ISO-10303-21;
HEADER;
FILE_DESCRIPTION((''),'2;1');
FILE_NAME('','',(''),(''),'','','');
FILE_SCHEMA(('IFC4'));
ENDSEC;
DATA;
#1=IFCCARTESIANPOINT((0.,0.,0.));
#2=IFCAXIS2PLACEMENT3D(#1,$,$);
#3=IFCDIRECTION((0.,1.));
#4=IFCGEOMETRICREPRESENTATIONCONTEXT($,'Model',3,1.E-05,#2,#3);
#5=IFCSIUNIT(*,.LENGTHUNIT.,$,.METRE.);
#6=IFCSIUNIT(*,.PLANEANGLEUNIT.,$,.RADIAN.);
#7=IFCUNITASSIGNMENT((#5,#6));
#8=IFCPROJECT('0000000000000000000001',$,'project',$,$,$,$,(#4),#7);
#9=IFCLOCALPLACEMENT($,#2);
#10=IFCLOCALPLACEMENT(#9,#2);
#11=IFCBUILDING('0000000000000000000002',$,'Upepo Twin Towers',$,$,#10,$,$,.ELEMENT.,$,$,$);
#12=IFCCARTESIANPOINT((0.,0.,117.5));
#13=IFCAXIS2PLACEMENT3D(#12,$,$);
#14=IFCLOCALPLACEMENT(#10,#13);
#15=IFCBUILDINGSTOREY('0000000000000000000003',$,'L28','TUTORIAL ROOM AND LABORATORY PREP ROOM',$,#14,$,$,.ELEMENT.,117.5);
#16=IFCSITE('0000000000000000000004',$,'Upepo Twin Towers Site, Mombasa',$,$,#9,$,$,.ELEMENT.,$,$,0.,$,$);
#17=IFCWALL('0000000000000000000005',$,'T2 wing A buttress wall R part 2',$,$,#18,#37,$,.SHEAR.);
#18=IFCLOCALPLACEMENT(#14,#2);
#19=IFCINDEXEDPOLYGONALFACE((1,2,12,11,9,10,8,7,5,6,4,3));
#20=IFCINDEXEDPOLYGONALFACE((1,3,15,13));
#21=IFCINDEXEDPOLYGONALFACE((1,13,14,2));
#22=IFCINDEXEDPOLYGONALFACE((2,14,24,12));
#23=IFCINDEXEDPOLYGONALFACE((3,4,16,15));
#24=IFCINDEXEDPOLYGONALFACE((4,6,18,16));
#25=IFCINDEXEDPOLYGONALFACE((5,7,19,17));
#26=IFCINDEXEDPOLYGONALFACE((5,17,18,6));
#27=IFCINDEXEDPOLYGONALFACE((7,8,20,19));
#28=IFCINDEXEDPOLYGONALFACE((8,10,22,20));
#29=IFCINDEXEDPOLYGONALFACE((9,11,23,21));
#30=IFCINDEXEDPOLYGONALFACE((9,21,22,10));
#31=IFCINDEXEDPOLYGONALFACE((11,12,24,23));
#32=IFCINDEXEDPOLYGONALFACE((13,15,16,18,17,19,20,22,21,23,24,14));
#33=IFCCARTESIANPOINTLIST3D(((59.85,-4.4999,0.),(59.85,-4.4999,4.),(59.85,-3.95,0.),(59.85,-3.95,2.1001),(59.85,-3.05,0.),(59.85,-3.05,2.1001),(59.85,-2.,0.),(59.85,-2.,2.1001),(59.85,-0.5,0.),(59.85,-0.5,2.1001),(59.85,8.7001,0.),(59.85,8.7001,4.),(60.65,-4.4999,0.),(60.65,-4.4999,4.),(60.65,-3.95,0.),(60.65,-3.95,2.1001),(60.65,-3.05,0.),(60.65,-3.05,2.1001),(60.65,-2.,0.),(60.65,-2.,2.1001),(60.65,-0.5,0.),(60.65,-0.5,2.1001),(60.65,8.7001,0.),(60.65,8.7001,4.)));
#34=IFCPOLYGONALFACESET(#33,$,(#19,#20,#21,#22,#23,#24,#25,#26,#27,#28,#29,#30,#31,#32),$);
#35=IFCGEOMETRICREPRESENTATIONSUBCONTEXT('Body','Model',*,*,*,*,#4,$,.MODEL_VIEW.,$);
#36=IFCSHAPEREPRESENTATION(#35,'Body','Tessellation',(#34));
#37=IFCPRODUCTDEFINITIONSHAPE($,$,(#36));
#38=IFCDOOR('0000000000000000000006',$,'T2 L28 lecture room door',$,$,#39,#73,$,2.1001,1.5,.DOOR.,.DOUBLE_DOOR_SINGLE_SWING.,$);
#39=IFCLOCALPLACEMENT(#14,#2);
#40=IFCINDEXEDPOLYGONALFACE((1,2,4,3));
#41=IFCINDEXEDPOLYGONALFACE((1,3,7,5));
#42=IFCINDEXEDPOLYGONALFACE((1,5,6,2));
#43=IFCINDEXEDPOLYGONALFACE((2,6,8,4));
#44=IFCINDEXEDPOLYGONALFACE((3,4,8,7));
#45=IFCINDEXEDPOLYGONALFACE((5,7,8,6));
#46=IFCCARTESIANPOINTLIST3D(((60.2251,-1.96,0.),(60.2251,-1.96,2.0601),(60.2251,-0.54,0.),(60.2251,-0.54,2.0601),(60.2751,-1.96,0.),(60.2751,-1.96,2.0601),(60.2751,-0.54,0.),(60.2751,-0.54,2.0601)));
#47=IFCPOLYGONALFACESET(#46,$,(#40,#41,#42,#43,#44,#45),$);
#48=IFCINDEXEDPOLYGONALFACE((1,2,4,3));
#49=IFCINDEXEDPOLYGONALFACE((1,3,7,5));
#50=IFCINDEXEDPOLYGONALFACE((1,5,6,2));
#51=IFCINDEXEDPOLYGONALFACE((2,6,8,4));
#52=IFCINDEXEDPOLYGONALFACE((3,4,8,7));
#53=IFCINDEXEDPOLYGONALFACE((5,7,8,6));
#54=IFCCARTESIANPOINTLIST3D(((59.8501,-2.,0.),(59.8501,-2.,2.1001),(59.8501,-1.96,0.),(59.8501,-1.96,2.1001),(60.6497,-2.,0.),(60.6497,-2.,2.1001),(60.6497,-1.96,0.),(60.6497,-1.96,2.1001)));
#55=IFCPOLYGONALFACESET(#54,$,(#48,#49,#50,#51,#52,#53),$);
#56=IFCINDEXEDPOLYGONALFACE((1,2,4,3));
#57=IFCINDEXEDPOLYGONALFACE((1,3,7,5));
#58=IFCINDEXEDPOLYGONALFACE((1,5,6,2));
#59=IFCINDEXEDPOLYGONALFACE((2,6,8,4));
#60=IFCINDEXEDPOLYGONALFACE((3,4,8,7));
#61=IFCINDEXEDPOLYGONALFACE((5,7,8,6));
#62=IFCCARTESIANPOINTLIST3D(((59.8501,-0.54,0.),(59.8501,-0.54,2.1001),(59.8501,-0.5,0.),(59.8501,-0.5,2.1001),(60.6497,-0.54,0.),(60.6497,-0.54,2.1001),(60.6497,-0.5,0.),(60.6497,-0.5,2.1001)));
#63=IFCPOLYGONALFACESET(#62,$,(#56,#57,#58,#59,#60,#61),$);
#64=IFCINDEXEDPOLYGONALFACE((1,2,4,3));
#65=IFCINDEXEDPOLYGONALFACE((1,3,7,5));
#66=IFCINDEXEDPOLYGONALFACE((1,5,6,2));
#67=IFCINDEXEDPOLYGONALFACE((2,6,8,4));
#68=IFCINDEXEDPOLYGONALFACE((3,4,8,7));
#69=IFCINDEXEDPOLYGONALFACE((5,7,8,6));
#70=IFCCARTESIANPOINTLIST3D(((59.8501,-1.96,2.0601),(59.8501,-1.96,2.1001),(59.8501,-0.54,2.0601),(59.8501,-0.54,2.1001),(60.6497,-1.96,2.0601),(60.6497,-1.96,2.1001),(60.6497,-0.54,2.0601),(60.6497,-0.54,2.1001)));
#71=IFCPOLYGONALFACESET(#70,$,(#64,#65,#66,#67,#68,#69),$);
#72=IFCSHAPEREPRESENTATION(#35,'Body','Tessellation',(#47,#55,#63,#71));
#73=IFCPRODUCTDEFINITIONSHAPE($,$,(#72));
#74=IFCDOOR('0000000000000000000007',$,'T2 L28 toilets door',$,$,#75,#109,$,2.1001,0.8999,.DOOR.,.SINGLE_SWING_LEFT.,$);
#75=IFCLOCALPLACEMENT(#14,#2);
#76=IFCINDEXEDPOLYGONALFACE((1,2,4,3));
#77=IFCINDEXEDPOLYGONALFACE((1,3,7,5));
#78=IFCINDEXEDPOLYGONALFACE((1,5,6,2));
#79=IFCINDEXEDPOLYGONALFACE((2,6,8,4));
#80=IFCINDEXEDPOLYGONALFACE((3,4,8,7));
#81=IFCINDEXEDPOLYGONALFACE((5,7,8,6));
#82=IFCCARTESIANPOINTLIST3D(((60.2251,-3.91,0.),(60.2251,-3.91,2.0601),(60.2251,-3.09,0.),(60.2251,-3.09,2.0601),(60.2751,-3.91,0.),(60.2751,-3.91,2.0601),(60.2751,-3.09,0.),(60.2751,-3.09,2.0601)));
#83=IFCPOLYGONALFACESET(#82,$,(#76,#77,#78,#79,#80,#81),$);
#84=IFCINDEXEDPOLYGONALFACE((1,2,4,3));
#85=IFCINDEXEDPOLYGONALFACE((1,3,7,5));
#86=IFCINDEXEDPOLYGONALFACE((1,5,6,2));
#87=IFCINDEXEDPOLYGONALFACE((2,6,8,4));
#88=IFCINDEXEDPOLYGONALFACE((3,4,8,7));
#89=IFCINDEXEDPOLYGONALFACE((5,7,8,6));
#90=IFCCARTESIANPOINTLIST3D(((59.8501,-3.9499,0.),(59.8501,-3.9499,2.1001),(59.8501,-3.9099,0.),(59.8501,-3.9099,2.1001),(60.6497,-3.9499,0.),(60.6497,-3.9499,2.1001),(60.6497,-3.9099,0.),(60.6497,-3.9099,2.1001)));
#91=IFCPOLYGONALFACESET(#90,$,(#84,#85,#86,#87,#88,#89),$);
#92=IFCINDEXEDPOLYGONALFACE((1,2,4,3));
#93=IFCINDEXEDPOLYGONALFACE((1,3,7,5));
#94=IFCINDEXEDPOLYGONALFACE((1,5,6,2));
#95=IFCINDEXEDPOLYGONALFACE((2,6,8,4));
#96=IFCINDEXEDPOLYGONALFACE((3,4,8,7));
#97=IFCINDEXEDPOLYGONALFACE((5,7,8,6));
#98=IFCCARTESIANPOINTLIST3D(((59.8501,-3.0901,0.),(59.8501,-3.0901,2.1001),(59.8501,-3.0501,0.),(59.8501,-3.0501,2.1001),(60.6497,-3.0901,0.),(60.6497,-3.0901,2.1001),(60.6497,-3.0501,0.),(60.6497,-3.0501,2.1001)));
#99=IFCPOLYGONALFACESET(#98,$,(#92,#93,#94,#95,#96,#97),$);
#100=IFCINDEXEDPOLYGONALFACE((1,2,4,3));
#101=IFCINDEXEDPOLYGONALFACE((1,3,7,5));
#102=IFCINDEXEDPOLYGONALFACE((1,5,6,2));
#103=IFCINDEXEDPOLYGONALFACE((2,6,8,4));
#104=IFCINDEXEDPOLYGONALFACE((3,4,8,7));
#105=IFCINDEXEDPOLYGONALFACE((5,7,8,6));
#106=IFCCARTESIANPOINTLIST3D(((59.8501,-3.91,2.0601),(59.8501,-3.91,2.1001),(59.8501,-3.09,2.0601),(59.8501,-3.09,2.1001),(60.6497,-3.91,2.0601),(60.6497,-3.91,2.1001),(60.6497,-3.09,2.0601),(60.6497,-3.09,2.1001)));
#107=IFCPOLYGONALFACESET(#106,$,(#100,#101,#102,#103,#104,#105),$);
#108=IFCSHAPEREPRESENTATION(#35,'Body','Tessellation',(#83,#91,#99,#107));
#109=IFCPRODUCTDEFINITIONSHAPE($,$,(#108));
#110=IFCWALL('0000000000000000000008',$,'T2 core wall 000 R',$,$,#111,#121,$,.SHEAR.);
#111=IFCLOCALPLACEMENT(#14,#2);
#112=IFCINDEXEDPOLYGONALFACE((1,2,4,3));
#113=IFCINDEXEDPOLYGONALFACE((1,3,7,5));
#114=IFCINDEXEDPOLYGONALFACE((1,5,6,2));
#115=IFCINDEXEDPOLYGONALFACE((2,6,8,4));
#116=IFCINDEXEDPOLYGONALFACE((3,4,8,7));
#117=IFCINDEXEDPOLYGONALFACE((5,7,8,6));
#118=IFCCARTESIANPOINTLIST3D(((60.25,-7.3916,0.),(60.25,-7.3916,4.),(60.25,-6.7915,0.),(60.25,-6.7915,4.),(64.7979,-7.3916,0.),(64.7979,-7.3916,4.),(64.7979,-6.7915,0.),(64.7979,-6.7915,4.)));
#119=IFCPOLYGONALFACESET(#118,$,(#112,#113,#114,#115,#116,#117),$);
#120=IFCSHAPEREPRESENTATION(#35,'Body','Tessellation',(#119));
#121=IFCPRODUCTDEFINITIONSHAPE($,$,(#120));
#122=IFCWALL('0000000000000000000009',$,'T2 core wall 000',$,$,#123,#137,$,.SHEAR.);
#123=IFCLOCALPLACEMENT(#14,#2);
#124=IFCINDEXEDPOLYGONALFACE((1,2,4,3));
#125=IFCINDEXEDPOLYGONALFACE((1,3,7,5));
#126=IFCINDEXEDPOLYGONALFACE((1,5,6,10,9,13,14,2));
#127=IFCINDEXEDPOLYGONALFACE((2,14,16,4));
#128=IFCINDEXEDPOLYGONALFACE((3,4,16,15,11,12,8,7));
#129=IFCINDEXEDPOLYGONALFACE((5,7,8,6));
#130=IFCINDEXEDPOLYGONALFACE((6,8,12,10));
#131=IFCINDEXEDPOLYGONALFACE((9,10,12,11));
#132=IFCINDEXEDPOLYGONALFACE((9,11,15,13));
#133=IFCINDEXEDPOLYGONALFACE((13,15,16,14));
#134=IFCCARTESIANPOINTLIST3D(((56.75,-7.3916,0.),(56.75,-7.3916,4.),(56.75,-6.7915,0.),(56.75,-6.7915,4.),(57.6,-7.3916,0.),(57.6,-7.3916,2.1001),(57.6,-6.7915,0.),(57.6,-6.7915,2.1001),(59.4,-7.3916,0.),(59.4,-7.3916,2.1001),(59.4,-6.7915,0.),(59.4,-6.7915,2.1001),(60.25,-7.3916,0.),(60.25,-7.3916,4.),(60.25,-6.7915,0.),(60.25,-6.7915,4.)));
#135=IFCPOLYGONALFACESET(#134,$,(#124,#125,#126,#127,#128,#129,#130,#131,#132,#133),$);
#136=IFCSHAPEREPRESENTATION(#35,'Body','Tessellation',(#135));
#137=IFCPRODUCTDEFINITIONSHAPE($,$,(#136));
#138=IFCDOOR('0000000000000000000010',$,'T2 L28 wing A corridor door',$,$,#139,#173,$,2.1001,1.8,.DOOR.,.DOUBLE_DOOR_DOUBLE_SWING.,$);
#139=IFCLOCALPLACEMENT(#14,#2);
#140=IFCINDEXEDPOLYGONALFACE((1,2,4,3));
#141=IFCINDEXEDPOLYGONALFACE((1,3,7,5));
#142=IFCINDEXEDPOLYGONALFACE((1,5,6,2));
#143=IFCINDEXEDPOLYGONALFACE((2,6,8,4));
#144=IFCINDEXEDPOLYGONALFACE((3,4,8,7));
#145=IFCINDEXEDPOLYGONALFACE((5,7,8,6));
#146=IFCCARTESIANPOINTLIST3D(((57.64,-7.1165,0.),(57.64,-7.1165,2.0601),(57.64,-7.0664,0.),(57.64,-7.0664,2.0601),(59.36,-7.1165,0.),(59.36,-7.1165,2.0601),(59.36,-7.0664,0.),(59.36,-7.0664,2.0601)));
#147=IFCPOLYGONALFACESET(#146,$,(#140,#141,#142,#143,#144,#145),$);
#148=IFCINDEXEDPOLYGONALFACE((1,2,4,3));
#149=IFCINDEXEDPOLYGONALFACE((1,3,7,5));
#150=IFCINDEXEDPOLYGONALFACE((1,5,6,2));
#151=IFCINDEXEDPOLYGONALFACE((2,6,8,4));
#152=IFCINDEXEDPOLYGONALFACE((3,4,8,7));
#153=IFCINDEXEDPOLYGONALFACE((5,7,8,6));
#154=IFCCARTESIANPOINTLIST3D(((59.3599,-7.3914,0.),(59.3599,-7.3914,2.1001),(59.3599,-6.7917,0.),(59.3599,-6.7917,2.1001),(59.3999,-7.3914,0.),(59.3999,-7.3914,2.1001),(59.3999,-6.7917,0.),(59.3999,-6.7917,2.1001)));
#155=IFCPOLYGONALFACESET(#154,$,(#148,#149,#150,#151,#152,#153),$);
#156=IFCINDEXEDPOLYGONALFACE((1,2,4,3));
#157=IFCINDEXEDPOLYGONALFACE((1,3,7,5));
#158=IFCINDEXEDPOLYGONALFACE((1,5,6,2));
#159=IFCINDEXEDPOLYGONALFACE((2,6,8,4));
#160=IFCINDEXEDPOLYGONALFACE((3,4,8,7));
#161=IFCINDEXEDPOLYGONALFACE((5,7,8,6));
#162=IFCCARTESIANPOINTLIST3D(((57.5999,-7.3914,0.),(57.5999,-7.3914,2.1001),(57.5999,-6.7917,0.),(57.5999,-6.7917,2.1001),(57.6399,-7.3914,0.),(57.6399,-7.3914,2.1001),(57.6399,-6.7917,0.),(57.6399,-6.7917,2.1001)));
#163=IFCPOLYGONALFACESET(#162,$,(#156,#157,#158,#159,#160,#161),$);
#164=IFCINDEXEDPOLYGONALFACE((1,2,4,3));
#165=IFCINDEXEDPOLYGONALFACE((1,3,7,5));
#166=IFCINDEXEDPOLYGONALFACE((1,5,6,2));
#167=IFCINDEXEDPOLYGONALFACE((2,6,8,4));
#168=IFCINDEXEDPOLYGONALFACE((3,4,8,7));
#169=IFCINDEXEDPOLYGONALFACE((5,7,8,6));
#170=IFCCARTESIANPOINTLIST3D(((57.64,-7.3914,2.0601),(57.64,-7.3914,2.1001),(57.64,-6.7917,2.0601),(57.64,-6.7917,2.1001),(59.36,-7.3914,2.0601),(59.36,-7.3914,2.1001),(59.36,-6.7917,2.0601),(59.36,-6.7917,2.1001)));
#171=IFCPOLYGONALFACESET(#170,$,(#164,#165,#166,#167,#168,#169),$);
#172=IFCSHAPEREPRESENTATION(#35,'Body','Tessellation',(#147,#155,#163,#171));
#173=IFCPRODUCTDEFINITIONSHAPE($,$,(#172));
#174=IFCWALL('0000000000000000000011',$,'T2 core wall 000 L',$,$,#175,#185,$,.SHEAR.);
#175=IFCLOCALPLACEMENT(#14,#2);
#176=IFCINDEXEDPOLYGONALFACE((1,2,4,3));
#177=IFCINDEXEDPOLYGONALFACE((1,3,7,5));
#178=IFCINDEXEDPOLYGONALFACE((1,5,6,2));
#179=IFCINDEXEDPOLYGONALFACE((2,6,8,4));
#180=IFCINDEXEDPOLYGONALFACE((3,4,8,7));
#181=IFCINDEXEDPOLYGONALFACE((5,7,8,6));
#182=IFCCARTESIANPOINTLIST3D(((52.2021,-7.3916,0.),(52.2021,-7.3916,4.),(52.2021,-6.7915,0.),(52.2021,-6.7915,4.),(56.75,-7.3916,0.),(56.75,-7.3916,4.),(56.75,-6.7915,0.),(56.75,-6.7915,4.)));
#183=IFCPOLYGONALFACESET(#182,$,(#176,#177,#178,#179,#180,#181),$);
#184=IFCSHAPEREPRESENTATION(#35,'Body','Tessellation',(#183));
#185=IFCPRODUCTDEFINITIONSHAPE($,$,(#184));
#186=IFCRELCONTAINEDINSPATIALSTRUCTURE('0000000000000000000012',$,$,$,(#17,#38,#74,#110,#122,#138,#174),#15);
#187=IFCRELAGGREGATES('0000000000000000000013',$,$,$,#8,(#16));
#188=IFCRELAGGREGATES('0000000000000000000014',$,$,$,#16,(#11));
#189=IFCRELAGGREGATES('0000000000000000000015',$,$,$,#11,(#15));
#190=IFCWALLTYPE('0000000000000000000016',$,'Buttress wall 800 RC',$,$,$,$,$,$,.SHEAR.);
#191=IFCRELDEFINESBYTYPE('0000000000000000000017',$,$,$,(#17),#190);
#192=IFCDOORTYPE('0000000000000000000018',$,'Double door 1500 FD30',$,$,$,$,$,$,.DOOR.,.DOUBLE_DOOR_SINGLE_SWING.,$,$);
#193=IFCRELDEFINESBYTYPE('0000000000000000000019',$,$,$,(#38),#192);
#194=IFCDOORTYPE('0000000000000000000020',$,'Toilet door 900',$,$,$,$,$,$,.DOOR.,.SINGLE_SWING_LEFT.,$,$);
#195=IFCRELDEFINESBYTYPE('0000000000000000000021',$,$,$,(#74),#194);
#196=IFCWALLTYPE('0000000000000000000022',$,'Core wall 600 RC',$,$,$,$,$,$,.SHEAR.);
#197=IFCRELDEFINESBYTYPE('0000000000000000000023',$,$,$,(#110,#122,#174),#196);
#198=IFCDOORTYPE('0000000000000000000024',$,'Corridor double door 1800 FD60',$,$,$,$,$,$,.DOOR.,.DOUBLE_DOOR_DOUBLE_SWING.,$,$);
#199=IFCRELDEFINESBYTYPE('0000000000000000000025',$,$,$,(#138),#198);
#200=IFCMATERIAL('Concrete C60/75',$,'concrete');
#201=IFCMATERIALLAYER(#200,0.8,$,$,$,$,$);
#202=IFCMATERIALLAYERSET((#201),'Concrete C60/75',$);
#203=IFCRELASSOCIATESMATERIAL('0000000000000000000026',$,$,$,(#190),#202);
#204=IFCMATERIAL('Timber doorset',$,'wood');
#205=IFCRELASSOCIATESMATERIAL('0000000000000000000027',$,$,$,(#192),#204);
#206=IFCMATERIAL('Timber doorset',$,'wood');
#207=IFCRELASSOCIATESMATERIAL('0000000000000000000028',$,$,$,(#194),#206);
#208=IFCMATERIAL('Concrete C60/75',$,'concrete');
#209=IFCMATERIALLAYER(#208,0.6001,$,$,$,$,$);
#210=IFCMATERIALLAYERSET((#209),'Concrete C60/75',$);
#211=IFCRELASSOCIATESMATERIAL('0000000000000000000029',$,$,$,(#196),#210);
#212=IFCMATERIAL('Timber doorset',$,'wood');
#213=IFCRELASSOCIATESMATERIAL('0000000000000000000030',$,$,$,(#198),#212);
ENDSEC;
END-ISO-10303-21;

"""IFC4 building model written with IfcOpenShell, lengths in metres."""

from ifc_helpers import new_model, si_unit, direction, frame, frame_2d, origin, place, context, subcontext, project, spatial, rectangle, extrude, material, layer, layer_set, type_object, element, fill, save


model = new_model("IFC4")

# Units and contexts
model_context = context("Model", 3, precision=1e-05, world=origin(), true_north=direction((0.0, 1.0)))
body_context = subcontext(model_context, "Body", "Model", "MODEL_VIEW")
ifc_project = project(units=[si_unit("LENGTHUNIT", "METRE"), si_unit("PLANEANGLEUNIT", "RADIAN")], contexts=[model_context])

# Site, building, storey
site_placement = place(None, origin())
site = spatial("IfcSite", under=ifc_project, at=site_placement, Name="Upepo Twin Towers Site, Mombasa", CompositionType="ELEMENT", RefElevation=0.0)
building_placement = place(site_placement, origin())
building = spatial("IfcBuilding", under=site, at=building_placement, Name="Upepo Twin Towers", CompositionType="ELEMENT")
storey_placement = place(building_placement, frame((0.0, 0.0, 117.5)))
storey = spatial("IfcBuildingStorey", under=building, at=storey_placement, Name="L28", Description="TUTORIAL ROOM AND LABORATORY PREP ROOM", CompositionType="ELEMENT", Elevation=117.5)

# Wall, openings, doors
ifc_material_1 = material(Name="Concrete C60/75", Category="concrete")
ifc_layer_1 = layer(ifc_material_1, 0.8)
ifc_layer_set_1 = layer_set([ifc_layer_1], Name="Concrete C60/75")
wall_type_1 = type_object("IfcWallType", Name="Buttress wall 800 RC", PredefinedType="SHEAR", material=ifc_layer_set_1)
ifc_material_2 = material(Name="Timber doorset", Category="wood")
door_type_1 = type_object("IfcDoorType", Name="Double door 1500 FD30", OperationType="DOUBLE_DOOR_SINGLE_SWING", PredefinedType="DOOR", material=ifc_material_2)
ifc_material_3 = material(Name="Timber doorset", Category="wood")
door_type_2 = type_object("IfcDoorType", Name="Toilet door 900", OperationType="SINGLE_SWING_LEFT", PredefinedType="DOOR", material=ifc_material_3)
wall_1_placement = place(storey_placement, frame((60.25, -4.5, 0.0), z_axis=(0.0, 0.0, 1.0), x_axis=(0.0, 1.0, 0.0)))
wall_1 = element("IfcWall", 1, at=wall_1_placement, inside=storey, type_object=wall_type_1, Name="T2 wing A buttress wall R part 2", PredefinedType="SHEAR", context=body_context, shape_type="SweptSolid", body=[
    extrude(rectangle(XDim=13.2, YDim=0.8, at=frame_2d((6.6001, 0.0))), origin(), (0.0, 0.0, 1.0), 4.0),
])
opening_1_placement = place(wall_1_placement, frame((0.55, 0.0, 0.0)))
opening_1 = element("IfcOpeningElement", 2, at=opening_1_placement, cuts=wall_1, PredefinedType="OPENING", context=body_context, shape_type="SweptSolid", body=[
    extrude(rectangle(XDim=0.8999, YDim=2.1001, at=frame_2d((0.45, 1.05))), frame((0.0, 0.4099, 0.0), z_axis=(0.0, -1.0, 0.0), x_axis=(1.0, 0.0, 0.0)), (0.0, 0.0, 1.0), 0.8201),
])
opening_2_placement = place(wall_1_placement, frame((2.5, 0.0, 0.0)))
opening_2 = element("IfcOpeningElement", 3, at=opening_2_placement, cuts=wall_1, PredefinedType="OPENING", context=body_context, shape_type="SweptSolid", body=[
    extrude(rectangle(XDim=1.5, YDim=2.1001, at=frame_2d((0.75, 1.05))), frame((0.0, 0.4099, 0.0), z_axis=(0.0, -1.0, 0.0), x_axis=(1.0, 0.0, 0.0)), (0.0, 0.0, 1.0), 0.8201),
])
door_1_placement = place(opening_2_placement, origin())
door_1 = element("IfcDoor", 4, at=door_1_placement, inside=storey, type_object=door_type_1, Name="T2 L28 lecture room door", OperationType="DOUBLE_DOOR_SINGLE_SWING", OverallHeight=2.1001, OverallWidth=1.5, PredefinedType="DOOR", context=body_context, shape_type="SweptSolid", body=[
    extrude(rectangle(XDim=1.42, YDim=2.0601, at=frame_2d((0.75, 1.03))), frame((0.0, 0.0249, 0.0), z_axis=(0.0, -1.0, 0.0), x_axis=(1.0, 0.0, 0.0)), (0.0, 0.0, 1.0), 0.05),
    extrude(rectangle(XDim=0.04, YDim=2.1001, at=frame_2d((0.02, 1.05))), frame((0.0, 0.3999, 0.0), z_axis=(0.0, -1.0, 0.0), x_axis=(1.0, 0.0, 0.0)), (0.0, 0.0, 1.0), 0.7996),
    extrude(rectangle(XDim=0.04, YDim=2.1001, at=frame_2d((1.48, 1.05))), frame((0.0, 0.3999, 0.0), z_axis=(0.0, -1.0, 0.0), x_axis=(1.0, 0.0, 0.0)), (0.0, 0.0, 1.0), 0.7996),
    extrude(rectangle(XDim=1.42, YDim=0.04, at=frame_2d((0.75, 2.0801))), frame((0.0, 0.3999, 0.0), z_axis=(0.0, -1.0, 0.0), x_axis=(1.0, 0.0, 0.0)), (0.0, 0.0, 1.0), 0.7996),
])
fill(opening_2, door_1)
door_2_placement = place(opening_1_placement, origin())
door_2 = element("IfcDoor", 5, at=door_2_placement, inside=storey, type_object=door_type_2, Name="T2 L28 toilets door", OperationType="SINGLE_SWING_LEFT", OverallHeight=2.1001, OverallWidth=0.8999, PredefinedType="DOOR", context=body_context, shape_type="SweptSolid", body=[
    extrude(rectangle(XDim=0.8199, YDim=2.0601, at=frame_2d((0.45, 1.03))), frame((0.0, 0.0249, 0.0), z_axis=(0.0, -1.0, 0.0), x_axis=(1.0, 0.0, 0.0)), (0.0, 0.0, 1.0), 0.05),
    extrude(rectangle(XDim=0.04, YDim=2.1001, at=frame_2d((0.02, 1.05))), frame((0.0, 0.3999, 0.0), z_axis=(0.0, -1.0, 0.0), x_axis=(1.0, 0.0, 0.0)), (0.0, 0.0, 1.0), 0.7996),
    extrude(rectangle(XDim=0.04, YDim=2.1001, at=frame_2d((0.8799, 1.05))), frame((0.0, 0.3999, 0.0), z_axis=(0.0, -1.0, 0.0), x_axis=(1.0, 0.0, 0.0)), (0.0, 0.0, 1.0), 0.7996),
    extrude(rectangle(XDim=0.8199, YDim=0.04, at=frame_2d((0.45, 2.0801))), frame((0.0, 0.3999, 0.0), z_axis=(0.0, -1.0, 0.0), x_axis=(1.0, 0.0, 0.0)), (0.0, 0.0, 1.0), 0.7996),
])
fill(opening_1, door_2)

# Wall
ifc_material_4 = material(Name="Concrete C60/75", Category="concrete")
ifc_layer_2 = layer(ifc_material_4, 0.6001)
ifc_layer_set_2 = layer_set([ifc_layer_2], Name="Concrete C60/75")
wall_type_2 = type_object("IfcWallType", Name="Core wall 600 RC", PredefinedType="SHEAR", material=ifc_layer_set_2)
wall_2_placement = place(storey_placement, frame((64.7979, -7.0916, 0.0), z_axis=(0.0, 0.0, 1.0), x_axis=(-1.0, 0.0, 0.0)))
element("IfcWall", 6, at=wall_2_placement, inside=storey, type_object=wall_type_2, Name="T2 core wall 000 R", PredefinedType="SHEAR", context=body_context, shape_type="SweptSolid", body=[
    extrude(rectangle(XDim=4.5479, YDim=0.6001, at=frame_2d((2.2739, 0.0))), origin(), (0.0, 0.0, 1.0), 4.0),
])

# Wall, opening, door
wall_3_placement = place(storey_placement, frame((60.25, -7.0916, 0.0), z_axis=(0.0, 0.0, 1.0), x_axis=(-1.0, 0.0, 0.0)))
wall_3 = element("IfcWall", 7, at=wall_3_placement, inside=storey, type_object=wall_type_2, Name="T2 core wall 000", PredefinedType="SHEAR", context=body_context, shape_type="SweptSolid", body=[
    extrude(rectangle(XDim=3.5, YDim=0.6001, at=frame_2d((1.75, 0.0))), origin(), (0.0, 0.0, 1.0), 4.0),
])
opening_3_placement = place(wall_3_placement, frame((0.8501, 0.0, 0.0)))
opening_3 = element("IfcOpeningElement", 8, at=opening_3_placement, cuts=wall_3, PredefinedType="OPENING", context=body_context, shape_type="SweptSolid", body=[
    extrude(rectangle(XDim=1.8, YDim=2.1001, at=frame_2d((0.8999, 1.05))), frame((0.0, 0.3101, 0.0), z_axis=(0.0, -1.0, 0.0), x_axis=(1.0, 0.0, 0.0)), (0.0, 0.0, 1.0), 0.6201),
])
ifc_material_5 = material(Name="Timber doorset", Category="wood")
door_type_3 = type_object("IfcDoorType", Name="Corridor double door 1800 FD60", OperationType="DOUBLE_DOOR_DOUBLE_SWING", PredefinedType="DOOR", material=ifc_material_5)
door_3_placement = place(opening_3_placement, origin())
door_3 = element("IfcDoor", 9, at=door_3_placement, inside=storey, type_object=door_type_3, Name="T2 L28 wing A corridor door", OperationType="DOUBLE_DOOR_DOUBLE_SWING", OverallHeight=2.1001, OverallWidth=1.8, PredefinedType="DOOR", context=body_context, shape_type="SweptSolid", body=[
    extrude(rectangle(XDim=1.72, YDim=2.0601, at=frame_2d((0.8999, 1.03))), frame((0.0, 0.0249, 0.0), z_axis=(0.0, -1.0, 0.0), x_axis=(1.0, 0.0, 0.0)), (0.0, 0.0, 1.0), 0.05),
    extrude(rectangle(XDim=0.04, YDim=2.1001, at=frame_2d((0.02, 1.05))), frame((0.0, 0.2998, 0.0), z_axis=(0.0, -1.0, 0.0), x_axis=(1.0, 0.0, 0.0)), (0.0, 0.0, 1.0), 0.5996),
    extrude(rectangle(XDim=0.04, YDim=2.1001, at=frame_2d((1.78, 1.05))), frame((0.0, 0.2998, 0.0), z_axis=(0.0, -1.0, 0.0), x_axis=(1.0, 0.0, 0.0)), (0.0, 0.0, 1.0), 0.5996),
    extrude(rectangle(XDim=1.72, YDim=0.04, at=frame_2d((0.8999, 2.0801))), frame((0.0, 0.2998, 0.0), z_axis=(0.0, -1.0, 0.0), x_axis=(1.0, 0.0, 0.0)), (0.0, 0.0, 1.0), 0.5996),
])
fill(opening_3, door_3)

# Wall
wall_4_placement = place(storey_placement, frame((56.75, -7.0916, 0.0), z_axis=(0.0, 0.0, 1.0), x_axis=(-1.0, 0.0, 0.0)))
element("IfcWall", 10, at=wall_4_placement, inside=storey, type_object=wall_type_2, Name="T2 core wall 000 L", PredefinedType="SHEAR", context=body_context, shape_type="SweptSolid", body=[
    extrude(rectangle(XDim=4.5479, YDim=0.6001, at=frame_2d((2.2739, 0.0))), origin(), (0.0, 0.0, 1.0), 4.0),
])

save(model, "model.ifc")
